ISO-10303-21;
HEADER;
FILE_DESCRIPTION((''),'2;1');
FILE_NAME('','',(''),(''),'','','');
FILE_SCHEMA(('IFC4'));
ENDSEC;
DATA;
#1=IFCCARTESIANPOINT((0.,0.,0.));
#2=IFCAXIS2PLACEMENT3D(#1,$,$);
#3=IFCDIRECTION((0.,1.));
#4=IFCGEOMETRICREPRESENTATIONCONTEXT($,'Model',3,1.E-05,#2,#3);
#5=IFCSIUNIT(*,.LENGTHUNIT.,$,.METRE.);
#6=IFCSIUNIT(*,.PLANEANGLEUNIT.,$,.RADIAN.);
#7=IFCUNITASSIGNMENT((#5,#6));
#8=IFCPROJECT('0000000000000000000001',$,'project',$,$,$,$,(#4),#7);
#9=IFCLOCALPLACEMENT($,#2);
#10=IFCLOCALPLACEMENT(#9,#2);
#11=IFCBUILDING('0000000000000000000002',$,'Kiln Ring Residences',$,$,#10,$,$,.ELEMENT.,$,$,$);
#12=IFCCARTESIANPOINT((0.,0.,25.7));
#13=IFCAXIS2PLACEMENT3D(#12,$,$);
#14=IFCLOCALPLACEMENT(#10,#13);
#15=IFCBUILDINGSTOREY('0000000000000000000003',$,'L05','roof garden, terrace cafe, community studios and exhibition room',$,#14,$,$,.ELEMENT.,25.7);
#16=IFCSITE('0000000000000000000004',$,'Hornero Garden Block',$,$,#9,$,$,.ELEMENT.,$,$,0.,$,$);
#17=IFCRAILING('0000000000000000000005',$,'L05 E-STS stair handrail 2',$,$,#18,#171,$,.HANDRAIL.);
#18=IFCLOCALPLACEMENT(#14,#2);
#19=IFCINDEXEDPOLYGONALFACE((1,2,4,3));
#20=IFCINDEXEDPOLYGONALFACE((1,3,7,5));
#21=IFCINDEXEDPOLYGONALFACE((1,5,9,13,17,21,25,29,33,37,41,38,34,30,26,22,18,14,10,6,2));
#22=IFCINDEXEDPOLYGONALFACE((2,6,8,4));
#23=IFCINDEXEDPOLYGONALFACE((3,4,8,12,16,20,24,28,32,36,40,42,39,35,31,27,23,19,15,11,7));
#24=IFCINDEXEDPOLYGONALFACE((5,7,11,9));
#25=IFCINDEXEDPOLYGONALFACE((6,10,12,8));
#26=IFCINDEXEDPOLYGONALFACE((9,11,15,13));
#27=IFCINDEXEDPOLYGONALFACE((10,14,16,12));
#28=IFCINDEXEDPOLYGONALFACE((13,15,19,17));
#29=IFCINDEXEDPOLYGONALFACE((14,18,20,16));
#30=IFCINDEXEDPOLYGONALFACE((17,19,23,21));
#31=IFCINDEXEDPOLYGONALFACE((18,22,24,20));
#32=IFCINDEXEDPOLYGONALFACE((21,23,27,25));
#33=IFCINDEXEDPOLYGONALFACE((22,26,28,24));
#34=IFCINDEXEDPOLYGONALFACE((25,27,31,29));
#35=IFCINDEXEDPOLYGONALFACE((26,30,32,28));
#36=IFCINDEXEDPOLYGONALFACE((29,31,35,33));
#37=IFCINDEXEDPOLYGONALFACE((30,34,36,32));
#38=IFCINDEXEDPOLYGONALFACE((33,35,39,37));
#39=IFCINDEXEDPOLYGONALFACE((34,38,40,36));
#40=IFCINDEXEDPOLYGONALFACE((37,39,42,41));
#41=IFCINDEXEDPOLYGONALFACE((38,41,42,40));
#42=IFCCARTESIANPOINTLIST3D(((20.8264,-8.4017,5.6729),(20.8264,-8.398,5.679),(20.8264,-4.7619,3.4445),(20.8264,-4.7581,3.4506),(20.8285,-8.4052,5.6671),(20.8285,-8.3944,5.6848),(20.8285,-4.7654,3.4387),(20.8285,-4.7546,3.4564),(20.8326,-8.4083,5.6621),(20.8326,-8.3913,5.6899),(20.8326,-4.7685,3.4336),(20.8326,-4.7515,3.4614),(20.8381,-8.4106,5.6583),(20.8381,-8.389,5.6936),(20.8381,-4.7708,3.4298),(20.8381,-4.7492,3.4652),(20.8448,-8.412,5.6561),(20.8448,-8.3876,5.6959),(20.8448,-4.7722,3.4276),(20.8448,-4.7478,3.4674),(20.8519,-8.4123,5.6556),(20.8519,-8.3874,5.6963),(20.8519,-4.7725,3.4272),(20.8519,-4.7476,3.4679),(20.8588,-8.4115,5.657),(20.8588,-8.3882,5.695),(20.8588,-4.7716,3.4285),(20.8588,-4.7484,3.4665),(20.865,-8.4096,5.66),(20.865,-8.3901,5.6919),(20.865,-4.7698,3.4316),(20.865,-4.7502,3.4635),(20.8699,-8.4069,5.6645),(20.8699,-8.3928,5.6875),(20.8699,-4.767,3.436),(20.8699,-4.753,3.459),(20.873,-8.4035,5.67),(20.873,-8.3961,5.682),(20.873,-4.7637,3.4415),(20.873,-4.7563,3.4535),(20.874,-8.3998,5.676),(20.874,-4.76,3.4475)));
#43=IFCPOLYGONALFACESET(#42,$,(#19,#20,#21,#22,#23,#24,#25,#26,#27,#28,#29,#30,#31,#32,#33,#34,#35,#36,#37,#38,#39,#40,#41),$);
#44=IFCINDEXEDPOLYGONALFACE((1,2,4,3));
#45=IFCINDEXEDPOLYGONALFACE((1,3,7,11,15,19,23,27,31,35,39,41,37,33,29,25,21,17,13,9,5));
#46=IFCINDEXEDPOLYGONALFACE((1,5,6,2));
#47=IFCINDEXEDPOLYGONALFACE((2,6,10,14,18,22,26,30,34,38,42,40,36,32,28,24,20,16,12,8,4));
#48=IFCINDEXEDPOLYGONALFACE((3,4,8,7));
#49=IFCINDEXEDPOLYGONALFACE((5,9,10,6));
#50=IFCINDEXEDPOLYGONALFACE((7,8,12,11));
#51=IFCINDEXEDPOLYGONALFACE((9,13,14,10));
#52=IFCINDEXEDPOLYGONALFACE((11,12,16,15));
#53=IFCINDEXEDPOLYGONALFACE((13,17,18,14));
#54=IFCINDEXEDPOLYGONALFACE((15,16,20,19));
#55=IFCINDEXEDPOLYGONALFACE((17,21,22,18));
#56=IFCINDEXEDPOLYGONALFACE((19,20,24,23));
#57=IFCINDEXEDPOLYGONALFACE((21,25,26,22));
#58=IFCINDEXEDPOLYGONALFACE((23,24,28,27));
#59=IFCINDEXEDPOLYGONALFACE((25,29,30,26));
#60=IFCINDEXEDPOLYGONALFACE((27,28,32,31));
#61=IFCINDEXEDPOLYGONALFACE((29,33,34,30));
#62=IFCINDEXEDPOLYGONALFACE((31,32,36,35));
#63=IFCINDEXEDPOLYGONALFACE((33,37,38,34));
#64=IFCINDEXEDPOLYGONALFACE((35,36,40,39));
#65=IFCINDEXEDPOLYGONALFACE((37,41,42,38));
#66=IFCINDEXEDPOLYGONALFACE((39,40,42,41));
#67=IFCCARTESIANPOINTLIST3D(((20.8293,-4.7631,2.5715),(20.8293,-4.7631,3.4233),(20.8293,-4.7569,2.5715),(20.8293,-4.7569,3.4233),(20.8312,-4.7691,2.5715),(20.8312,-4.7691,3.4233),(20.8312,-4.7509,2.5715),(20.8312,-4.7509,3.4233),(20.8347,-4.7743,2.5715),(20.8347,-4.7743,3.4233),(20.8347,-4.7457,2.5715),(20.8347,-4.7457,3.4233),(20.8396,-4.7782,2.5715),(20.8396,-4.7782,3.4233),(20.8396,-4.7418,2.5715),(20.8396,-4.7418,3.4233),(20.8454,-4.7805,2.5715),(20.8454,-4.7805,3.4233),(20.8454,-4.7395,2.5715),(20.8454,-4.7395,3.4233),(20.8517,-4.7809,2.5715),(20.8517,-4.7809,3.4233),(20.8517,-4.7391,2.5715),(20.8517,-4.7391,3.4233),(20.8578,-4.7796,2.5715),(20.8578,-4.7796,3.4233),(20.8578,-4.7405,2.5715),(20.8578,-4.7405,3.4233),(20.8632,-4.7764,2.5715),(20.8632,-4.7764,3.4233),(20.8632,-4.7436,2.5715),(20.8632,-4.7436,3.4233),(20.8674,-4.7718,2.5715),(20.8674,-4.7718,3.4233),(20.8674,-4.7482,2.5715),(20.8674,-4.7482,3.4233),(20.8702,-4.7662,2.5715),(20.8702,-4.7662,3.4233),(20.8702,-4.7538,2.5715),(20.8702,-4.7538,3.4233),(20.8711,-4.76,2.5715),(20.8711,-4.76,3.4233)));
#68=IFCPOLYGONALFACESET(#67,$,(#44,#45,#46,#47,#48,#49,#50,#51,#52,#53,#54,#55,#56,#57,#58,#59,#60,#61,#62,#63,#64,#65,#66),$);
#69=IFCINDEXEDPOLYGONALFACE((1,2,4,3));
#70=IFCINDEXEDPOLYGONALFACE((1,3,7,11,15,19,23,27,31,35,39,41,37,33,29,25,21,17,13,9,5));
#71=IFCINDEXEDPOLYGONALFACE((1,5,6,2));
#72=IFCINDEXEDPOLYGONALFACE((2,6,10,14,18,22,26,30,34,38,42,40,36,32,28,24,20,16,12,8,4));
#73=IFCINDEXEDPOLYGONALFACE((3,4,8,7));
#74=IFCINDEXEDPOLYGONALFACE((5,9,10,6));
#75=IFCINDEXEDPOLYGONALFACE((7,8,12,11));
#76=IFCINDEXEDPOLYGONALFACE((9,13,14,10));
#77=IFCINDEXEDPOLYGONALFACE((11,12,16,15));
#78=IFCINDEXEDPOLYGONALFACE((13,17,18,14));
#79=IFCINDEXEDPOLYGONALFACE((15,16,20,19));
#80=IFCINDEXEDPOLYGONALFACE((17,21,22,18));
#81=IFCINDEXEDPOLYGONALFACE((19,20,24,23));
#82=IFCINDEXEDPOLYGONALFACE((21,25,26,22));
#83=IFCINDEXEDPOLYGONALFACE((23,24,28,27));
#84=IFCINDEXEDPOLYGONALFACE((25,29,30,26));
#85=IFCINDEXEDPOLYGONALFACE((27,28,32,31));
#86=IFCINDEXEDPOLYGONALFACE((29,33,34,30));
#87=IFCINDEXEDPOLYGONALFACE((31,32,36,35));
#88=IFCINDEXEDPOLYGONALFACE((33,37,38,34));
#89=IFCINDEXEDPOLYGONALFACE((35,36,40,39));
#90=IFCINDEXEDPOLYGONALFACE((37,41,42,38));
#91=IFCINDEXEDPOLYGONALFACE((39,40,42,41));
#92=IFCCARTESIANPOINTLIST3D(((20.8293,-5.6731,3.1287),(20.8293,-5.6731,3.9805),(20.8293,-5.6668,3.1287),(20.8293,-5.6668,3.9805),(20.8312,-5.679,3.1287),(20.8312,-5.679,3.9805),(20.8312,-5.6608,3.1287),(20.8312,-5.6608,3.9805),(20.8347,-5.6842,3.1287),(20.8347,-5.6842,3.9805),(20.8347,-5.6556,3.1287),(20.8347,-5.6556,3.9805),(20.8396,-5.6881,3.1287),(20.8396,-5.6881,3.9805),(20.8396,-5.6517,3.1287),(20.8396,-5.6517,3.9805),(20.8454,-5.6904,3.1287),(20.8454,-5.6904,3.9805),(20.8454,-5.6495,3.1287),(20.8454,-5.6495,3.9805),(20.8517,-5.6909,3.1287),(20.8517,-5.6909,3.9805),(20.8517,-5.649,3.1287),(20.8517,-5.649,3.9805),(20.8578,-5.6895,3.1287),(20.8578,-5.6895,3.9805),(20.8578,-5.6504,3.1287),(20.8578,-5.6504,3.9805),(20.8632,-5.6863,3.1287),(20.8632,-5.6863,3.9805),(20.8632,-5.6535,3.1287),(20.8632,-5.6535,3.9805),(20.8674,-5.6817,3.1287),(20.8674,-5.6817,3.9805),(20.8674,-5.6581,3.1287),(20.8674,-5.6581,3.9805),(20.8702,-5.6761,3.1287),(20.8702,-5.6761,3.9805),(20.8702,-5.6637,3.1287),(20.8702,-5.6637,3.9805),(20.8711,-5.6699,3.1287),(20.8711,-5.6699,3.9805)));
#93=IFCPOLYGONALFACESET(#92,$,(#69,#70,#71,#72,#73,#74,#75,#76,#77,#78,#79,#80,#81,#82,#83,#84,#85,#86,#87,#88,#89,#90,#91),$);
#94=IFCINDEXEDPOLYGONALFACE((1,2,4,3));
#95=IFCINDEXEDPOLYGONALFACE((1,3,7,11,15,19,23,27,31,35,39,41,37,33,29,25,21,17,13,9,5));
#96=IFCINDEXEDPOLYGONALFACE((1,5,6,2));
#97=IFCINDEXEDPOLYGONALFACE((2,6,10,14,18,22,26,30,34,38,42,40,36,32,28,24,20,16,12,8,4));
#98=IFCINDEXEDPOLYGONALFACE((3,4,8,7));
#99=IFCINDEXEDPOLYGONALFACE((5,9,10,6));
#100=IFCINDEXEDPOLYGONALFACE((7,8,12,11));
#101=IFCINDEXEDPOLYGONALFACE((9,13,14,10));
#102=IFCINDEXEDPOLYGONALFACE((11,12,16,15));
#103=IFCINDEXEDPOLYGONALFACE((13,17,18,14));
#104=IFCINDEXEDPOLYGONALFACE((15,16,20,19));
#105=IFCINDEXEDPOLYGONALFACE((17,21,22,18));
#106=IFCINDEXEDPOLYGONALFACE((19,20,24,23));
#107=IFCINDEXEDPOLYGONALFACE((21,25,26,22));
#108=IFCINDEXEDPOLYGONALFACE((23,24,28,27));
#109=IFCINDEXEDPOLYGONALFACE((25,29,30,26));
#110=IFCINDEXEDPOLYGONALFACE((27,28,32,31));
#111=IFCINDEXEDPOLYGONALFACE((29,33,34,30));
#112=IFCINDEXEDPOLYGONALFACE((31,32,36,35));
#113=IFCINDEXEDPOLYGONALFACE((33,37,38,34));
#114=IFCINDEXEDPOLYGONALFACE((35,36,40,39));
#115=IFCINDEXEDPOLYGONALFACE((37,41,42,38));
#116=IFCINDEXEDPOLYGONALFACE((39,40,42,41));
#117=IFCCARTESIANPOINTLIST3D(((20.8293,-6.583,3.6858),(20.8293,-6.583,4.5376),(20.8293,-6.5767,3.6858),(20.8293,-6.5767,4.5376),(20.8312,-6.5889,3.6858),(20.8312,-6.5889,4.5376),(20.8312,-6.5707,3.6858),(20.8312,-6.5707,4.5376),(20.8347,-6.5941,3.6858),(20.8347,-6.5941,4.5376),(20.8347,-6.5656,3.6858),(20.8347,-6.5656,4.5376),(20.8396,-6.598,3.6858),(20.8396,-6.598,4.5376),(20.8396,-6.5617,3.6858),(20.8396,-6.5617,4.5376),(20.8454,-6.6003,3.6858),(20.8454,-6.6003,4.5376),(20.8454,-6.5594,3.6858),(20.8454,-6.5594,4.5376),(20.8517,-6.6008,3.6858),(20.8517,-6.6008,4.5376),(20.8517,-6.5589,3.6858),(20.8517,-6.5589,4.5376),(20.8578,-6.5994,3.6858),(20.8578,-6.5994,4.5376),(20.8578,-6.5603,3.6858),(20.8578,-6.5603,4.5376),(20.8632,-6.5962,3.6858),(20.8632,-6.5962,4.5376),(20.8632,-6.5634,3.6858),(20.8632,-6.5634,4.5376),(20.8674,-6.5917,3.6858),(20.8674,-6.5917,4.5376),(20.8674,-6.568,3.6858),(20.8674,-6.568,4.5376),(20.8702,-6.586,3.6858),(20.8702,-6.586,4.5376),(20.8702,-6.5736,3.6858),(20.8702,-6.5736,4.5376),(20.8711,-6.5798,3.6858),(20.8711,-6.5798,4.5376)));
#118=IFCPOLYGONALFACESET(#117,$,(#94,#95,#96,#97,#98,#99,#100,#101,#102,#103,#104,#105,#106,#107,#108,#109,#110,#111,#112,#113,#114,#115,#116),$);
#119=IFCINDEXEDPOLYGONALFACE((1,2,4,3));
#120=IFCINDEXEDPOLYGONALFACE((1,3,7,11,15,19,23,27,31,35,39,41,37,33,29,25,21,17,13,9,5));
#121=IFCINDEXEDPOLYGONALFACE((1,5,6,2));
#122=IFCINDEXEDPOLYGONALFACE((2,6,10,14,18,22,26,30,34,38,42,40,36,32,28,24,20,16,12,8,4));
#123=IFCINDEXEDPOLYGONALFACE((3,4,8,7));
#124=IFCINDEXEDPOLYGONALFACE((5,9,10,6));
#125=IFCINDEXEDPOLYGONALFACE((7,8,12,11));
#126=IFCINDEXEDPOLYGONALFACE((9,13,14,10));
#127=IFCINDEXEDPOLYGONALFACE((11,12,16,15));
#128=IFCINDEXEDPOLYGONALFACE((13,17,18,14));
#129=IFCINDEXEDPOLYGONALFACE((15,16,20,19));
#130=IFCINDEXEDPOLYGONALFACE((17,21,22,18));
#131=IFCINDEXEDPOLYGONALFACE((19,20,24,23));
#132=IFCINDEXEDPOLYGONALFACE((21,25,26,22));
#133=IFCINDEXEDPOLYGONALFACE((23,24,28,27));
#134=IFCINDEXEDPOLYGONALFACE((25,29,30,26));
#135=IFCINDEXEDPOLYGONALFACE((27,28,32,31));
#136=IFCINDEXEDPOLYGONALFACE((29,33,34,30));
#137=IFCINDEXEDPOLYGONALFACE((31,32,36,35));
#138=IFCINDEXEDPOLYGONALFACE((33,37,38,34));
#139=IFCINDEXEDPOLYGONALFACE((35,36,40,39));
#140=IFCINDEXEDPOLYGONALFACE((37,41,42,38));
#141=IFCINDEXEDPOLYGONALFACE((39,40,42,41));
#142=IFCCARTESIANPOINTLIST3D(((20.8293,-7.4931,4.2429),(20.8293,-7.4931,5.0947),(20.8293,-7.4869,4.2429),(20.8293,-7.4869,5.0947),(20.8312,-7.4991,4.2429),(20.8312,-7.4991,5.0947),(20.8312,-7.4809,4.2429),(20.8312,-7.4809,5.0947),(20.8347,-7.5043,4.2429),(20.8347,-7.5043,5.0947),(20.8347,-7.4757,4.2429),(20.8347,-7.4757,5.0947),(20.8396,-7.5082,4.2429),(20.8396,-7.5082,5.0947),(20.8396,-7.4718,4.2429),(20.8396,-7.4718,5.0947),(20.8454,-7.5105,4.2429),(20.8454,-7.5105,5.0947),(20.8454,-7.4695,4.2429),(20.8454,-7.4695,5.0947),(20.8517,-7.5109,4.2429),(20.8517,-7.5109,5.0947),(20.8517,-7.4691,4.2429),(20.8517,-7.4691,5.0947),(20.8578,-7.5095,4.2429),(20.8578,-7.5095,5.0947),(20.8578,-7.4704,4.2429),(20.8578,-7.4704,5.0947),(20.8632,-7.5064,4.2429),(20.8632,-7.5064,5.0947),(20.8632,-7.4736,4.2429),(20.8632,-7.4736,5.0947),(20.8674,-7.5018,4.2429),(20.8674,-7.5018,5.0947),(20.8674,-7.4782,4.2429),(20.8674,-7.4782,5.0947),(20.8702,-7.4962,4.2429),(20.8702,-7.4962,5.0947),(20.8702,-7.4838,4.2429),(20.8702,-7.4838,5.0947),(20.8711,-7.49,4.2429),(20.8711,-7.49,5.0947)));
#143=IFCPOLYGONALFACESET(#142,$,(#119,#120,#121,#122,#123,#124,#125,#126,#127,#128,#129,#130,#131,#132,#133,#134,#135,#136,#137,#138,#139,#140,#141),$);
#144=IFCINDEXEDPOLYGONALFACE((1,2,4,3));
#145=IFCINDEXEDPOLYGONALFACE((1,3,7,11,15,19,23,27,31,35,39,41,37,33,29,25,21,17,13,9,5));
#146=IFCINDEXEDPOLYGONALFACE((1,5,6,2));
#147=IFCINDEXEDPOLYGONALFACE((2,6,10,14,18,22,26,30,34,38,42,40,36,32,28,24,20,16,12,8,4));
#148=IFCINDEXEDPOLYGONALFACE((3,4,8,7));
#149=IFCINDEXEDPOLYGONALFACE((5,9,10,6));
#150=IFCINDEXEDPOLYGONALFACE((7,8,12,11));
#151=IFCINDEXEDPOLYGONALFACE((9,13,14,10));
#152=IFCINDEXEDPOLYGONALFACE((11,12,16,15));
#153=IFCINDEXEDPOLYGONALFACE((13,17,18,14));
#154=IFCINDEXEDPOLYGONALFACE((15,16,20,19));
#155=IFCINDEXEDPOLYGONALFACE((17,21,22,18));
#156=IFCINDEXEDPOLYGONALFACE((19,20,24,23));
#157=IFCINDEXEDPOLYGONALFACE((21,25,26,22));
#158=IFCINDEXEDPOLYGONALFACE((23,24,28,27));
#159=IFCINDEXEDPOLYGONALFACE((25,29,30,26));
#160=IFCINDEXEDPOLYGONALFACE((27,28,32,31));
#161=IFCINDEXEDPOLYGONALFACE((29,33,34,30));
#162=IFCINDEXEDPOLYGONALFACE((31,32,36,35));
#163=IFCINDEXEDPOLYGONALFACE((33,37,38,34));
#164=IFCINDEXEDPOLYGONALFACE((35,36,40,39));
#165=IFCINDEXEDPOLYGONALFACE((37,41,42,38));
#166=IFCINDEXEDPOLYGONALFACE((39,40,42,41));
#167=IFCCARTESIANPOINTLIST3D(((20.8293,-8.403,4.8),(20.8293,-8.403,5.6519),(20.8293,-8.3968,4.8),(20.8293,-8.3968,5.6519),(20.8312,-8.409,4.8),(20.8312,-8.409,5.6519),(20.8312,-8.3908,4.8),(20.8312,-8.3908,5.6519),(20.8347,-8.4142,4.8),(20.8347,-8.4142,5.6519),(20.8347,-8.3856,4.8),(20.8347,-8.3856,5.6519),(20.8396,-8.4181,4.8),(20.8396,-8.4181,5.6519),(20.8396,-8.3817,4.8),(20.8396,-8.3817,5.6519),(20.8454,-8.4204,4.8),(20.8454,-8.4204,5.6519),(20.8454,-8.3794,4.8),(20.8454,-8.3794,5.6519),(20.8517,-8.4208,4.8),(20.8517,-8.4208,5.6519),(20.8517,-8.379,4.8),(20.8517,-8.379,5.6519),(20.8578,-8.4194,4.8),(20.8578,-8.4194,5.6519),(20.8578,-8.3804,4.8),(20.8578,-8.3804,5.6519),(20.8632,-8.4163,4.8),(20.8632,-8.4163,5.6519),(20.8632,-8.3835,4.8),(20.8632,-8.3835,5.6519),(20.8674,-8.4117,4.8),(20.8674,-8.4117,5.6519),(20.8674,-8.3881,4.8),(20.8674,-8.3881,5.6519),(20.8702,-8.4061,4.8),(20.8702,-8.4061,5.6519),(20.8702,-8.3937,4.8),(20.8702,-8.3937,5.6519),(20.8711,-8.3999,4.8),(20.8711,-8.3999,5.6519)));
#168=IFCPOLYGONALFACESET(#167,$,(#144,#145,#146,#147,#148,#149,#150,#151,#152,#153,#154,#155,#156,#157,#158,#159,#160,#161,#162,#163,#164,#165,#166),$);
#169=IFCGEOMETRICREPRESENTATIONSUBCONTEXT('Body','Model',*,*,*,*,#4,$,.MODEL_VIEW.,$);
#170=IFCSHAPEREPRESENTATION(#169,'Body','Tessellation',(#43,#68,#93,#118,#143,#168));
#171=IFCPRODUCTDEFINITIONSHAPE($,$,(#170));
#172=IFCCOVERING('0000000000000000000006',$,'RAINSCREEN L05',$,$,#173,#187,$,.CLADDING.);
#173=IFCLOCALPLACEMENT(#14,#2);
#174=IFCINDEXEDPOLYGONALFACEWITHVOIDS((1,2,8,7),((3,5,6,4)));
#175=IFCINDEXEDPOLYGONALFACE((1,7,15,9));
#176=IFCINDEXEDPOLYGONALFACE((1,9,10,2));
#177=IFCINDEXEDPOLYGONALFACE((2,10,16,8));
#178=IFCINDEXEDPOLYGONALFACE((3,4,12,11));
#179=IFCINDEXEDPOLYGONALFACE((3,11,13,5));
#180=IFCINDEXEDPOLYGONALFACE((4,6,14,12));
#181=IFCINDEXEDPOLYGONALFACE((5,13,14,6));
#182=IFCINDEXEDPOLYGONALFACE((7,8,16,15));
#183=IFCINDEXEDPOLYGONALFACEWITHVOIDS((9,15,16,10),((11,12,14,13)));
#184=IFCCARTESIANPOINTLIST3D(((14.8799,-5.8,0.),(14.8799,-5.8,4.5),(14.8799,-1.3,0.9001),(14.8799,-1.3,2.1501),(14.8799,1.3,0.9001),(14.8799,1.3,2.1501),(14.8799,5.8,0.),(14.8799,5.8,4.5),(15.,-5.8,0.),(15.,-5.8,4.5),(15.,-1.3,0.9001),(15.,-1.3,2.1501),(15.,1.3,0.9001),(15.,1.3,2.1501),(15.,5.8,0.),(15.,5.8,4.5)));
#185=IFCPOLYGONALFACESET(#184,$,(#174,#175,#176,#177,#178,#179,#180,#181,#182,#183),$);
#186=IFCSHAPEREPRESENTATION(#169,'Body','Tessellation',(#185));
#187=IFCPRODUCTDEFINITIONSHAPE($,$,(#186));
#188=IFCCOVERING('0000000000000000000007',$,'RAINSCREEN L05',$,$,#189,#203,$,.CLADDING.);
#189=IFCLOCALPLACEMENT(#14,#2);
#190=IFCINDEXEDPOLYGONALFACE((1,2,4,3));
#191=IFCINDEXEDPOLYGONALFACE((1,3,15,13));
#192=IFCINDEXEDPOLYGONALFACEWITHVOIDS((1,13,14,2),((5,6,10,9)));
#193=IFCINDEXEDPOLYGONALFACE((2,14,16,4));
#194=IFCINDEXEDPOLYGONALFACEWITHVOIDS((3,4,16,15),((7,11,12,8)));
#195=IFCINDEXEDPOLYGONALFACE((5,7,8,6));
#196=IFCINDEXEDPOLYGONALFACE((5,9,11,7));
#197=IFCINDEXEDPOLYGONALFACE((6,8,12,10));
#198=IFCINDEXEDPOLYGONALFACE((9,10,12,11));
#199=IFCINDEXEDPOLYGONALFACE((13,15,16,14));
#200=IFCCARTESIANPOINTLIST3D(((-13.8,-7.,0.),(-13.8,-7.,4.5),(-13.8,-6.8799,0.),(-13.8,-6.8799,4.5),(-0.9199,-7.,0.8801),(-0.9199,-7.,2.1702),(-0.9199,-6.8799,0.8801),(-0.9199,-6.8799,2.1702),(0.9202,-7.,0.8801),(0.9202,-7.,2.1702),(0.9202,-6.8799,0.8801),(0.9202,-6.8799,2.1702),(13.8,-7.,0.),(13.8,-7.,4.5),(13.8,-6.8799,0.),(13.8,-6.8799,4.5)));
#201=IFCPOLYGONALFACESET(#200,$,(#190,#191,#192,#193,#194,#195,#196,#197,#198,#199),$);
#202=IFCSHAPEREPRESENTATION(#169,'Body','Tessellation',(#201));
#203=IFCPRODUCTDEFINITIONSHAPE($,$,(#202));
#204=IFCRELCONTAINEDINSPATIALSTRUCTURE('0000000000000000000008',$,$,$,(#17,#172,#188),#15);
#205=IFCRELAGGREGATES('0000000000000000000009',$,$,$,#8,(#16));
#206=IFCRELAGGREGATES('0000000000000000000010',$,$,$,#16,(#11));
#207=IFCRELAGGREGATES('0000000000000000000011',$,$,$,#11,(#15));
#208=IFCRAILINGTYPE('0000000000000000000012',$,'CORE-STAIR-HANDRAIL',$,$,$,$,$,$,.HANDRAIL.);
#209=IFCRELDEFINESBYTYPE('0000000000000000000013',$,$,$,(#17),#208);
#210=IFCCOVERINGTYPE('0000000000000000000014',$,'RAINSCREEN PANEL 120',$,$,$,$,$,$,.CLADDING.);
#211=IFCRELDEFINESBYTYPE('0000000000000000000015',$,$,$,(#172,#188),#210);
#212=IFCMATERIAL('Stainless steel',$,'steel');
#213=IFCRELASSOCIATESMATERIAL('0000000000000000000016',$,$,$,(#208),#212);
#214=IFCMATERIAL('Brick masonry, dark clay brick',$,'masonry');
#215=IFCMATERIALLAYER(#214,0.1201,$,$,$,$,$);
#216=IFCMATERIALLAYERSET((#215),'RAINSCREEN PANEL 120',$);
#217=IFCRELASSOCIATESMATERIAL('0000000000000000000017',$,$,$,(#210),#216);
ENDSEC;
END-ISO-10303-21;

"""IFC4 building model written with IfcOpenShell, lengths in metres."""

from ifc_helpers import new_model, si_unit, direction, frame, origin, origin_2d, place, context, subcontext, project, spatial, polyline, circle, outline, extrude, material, layer, layer_set, type_object, element, save


model = new_model("IFC4")

# Units and contexts
model_context = context("Model", 3, precision=1e-05, world=origin(), true_north=direction((0.0, 1.0)))
body_context = subcontext(model_context, "Body", "Model", "MODEL_VIEW")
ifc_project = project(units=[si_unit("LENGTHUNIT", "METRE"), si_unit("PLANEANGLEUNIT", "RADIAN")], contexts=[model_context])

# Site, building, storey
site_placement = place(None, origin())
site = spatial("IfcSite", under=ifc_project, at=site_placement, Name="Hornero Garden Block", CompositionType="ELEMENT", RefElevation=0.0)
building_placement = place(site_placement, origin())
building = spatial("IfcBuilding", under=site, at=building_placement, Name="Kiln Ring Residences", CompositionType="ELEMENT")
storey_placement = place(building_placement, frame((0.0, 0.0, 25.7)))
storey = spatial("IfcBuildingStorey", under=building, at=storey_placement, Name="L05", Description="roof garden, terrace cafe, community studios and exhibition room", CompositionType="ELEMENT", Elevation=25.7)

# Railing
ifc_material_1 = material(Name="Stainless steel", Category="steel")
railing_type_1 = type_object("IfcRailingType", Name="CORE-STAIR-HANDRAIL", PredefinedType="HANDRAIL", material=ifc_material_1)
railing_1_placement = place(storey_placement, frame((20.8501, -4.76, 2.5715)))
element("IfcRailing", 1, at=railing_1_placement, inside=storey, type_object=railing_type_1, Name="L05 E-STS stair handrail 2", PredefinedType="HANDRAIL", context=body_context, shape_type="SweptSolid", body=[
    extrude(circle(Radius=0.0239, at=origin_2d()), frame((0.0, 0.0, 0.876), z_axis=(0.0, -0.85285, 0.522156), x_axis=(1.0, 0.0, 0.0)), (0.0, 0.0, 1.0), 4.2678),
    extrude(circle(Radius=0.021, at=origin_2d()), origin(), (0.0, 0.0, 1.0), 0.8518),
    extrude(circle(Radius=0.021, at=origin_2d()), frame((0.0, -0.9099, 0.5571)), (0.0, 0.0, 1.0), 0.8518),
    extrude(circle(Radius=0.021, at=origin_2d()), frame((0.0, -1.8198, 1.1143)), (0.0, 0.0, 1.0), 0.8518),
    extrude(circle(Radius=0.021, at=origin_2d()), frame((0.0, -2.73, 1.6714)), (0.0, 0.0, 1.0), 0.8518),
    extrude(circle(Radius=0.021, at=origin_2d()), frame((0.0, -3.6399, 2.2285)), (0.0, 0.0, 1.0), 0.8518),
])

# Coverings
ifc_material_2 = material(Name="Brick masonry, dark clay brick", Category="masonry")
ifc_layer_1 = layer(ifc_material_2, 0.1201)
ifc_layer_set_1 = layer_set([ifc_layer_1], Name="RAINSCREEN PANEL 120")
covering_type = type_object("IfcCoveringType", Name="RAINSCREEN PANEL 120", PredefinedType="CLADDING", material=ifc_layer_set_1)
covering_1_placement = place(storey_placement, frame((14.9399, 5.8, 0.0), z_axis=(0.0, 0.0, 1.0), x_axis=(0.0, -1.0, 0.0)))
element("IfcCovering", 2, at=covering_1_placement, inside=storey, type_object=covering_type, Name="RAINSCREEN L05", PredefinedType="CLADDING", context=body_context, shape_type="SweptSolid", body=[
    extrude(outline(polyline([(0.0, 0.0), (11.6001, 0.0), (11.6001, 4.5), (0.0, 4.5), (0.0, 0.0)]), holes=[polyline([(4.5, 2.1501), (4.5, 0.9001), (7.1001, 0.9001), (7.1001, 2.1501), (4.5, 2.1501)])]), frame((0.0, 0.0601, 0.0), z_axis=(0.0, -1.0, 0.0), x_axis=(1.0, 0.0, 0.0)), (0.0, 0.0, 1.0), 0.1201),
])
covering_2_placement = place(storey_placement, frame((13.8, -6.9399, 0.0), z_axis=(0.0, 0.0, 1.0), x_axis=(-1.0, 0.0, 0.0)))
element("IfcCovering", 3, at=covering_2_placement, inside=storey, type_object=covering_type, Name="RAINSCREEN L05", PredefinedType="CLADDING", context=body_context, shape_type="SweptSolid", body=[
    extrude(outline(polyline([(0.0, 0.0), (27.6001, 0.0), (27.6001, 4.5), (0.0, 4.5), (0.0, 0.0)]), holes=[polyline([(12.8799, 2.1702), (12.8799, 0.8801), (14.72, 0.8801), (14.72, 2.1702), (12.8799, 2.1702)])]), frame((0.0, 0.0601, 0.0), z_axis=(0.0, -1.0, 0.0), x_axis=(1.0, 0.0, 0.0)), (0.0, 0.0, 1.0), 0.1201),
])

save(model, "model.ifc")
